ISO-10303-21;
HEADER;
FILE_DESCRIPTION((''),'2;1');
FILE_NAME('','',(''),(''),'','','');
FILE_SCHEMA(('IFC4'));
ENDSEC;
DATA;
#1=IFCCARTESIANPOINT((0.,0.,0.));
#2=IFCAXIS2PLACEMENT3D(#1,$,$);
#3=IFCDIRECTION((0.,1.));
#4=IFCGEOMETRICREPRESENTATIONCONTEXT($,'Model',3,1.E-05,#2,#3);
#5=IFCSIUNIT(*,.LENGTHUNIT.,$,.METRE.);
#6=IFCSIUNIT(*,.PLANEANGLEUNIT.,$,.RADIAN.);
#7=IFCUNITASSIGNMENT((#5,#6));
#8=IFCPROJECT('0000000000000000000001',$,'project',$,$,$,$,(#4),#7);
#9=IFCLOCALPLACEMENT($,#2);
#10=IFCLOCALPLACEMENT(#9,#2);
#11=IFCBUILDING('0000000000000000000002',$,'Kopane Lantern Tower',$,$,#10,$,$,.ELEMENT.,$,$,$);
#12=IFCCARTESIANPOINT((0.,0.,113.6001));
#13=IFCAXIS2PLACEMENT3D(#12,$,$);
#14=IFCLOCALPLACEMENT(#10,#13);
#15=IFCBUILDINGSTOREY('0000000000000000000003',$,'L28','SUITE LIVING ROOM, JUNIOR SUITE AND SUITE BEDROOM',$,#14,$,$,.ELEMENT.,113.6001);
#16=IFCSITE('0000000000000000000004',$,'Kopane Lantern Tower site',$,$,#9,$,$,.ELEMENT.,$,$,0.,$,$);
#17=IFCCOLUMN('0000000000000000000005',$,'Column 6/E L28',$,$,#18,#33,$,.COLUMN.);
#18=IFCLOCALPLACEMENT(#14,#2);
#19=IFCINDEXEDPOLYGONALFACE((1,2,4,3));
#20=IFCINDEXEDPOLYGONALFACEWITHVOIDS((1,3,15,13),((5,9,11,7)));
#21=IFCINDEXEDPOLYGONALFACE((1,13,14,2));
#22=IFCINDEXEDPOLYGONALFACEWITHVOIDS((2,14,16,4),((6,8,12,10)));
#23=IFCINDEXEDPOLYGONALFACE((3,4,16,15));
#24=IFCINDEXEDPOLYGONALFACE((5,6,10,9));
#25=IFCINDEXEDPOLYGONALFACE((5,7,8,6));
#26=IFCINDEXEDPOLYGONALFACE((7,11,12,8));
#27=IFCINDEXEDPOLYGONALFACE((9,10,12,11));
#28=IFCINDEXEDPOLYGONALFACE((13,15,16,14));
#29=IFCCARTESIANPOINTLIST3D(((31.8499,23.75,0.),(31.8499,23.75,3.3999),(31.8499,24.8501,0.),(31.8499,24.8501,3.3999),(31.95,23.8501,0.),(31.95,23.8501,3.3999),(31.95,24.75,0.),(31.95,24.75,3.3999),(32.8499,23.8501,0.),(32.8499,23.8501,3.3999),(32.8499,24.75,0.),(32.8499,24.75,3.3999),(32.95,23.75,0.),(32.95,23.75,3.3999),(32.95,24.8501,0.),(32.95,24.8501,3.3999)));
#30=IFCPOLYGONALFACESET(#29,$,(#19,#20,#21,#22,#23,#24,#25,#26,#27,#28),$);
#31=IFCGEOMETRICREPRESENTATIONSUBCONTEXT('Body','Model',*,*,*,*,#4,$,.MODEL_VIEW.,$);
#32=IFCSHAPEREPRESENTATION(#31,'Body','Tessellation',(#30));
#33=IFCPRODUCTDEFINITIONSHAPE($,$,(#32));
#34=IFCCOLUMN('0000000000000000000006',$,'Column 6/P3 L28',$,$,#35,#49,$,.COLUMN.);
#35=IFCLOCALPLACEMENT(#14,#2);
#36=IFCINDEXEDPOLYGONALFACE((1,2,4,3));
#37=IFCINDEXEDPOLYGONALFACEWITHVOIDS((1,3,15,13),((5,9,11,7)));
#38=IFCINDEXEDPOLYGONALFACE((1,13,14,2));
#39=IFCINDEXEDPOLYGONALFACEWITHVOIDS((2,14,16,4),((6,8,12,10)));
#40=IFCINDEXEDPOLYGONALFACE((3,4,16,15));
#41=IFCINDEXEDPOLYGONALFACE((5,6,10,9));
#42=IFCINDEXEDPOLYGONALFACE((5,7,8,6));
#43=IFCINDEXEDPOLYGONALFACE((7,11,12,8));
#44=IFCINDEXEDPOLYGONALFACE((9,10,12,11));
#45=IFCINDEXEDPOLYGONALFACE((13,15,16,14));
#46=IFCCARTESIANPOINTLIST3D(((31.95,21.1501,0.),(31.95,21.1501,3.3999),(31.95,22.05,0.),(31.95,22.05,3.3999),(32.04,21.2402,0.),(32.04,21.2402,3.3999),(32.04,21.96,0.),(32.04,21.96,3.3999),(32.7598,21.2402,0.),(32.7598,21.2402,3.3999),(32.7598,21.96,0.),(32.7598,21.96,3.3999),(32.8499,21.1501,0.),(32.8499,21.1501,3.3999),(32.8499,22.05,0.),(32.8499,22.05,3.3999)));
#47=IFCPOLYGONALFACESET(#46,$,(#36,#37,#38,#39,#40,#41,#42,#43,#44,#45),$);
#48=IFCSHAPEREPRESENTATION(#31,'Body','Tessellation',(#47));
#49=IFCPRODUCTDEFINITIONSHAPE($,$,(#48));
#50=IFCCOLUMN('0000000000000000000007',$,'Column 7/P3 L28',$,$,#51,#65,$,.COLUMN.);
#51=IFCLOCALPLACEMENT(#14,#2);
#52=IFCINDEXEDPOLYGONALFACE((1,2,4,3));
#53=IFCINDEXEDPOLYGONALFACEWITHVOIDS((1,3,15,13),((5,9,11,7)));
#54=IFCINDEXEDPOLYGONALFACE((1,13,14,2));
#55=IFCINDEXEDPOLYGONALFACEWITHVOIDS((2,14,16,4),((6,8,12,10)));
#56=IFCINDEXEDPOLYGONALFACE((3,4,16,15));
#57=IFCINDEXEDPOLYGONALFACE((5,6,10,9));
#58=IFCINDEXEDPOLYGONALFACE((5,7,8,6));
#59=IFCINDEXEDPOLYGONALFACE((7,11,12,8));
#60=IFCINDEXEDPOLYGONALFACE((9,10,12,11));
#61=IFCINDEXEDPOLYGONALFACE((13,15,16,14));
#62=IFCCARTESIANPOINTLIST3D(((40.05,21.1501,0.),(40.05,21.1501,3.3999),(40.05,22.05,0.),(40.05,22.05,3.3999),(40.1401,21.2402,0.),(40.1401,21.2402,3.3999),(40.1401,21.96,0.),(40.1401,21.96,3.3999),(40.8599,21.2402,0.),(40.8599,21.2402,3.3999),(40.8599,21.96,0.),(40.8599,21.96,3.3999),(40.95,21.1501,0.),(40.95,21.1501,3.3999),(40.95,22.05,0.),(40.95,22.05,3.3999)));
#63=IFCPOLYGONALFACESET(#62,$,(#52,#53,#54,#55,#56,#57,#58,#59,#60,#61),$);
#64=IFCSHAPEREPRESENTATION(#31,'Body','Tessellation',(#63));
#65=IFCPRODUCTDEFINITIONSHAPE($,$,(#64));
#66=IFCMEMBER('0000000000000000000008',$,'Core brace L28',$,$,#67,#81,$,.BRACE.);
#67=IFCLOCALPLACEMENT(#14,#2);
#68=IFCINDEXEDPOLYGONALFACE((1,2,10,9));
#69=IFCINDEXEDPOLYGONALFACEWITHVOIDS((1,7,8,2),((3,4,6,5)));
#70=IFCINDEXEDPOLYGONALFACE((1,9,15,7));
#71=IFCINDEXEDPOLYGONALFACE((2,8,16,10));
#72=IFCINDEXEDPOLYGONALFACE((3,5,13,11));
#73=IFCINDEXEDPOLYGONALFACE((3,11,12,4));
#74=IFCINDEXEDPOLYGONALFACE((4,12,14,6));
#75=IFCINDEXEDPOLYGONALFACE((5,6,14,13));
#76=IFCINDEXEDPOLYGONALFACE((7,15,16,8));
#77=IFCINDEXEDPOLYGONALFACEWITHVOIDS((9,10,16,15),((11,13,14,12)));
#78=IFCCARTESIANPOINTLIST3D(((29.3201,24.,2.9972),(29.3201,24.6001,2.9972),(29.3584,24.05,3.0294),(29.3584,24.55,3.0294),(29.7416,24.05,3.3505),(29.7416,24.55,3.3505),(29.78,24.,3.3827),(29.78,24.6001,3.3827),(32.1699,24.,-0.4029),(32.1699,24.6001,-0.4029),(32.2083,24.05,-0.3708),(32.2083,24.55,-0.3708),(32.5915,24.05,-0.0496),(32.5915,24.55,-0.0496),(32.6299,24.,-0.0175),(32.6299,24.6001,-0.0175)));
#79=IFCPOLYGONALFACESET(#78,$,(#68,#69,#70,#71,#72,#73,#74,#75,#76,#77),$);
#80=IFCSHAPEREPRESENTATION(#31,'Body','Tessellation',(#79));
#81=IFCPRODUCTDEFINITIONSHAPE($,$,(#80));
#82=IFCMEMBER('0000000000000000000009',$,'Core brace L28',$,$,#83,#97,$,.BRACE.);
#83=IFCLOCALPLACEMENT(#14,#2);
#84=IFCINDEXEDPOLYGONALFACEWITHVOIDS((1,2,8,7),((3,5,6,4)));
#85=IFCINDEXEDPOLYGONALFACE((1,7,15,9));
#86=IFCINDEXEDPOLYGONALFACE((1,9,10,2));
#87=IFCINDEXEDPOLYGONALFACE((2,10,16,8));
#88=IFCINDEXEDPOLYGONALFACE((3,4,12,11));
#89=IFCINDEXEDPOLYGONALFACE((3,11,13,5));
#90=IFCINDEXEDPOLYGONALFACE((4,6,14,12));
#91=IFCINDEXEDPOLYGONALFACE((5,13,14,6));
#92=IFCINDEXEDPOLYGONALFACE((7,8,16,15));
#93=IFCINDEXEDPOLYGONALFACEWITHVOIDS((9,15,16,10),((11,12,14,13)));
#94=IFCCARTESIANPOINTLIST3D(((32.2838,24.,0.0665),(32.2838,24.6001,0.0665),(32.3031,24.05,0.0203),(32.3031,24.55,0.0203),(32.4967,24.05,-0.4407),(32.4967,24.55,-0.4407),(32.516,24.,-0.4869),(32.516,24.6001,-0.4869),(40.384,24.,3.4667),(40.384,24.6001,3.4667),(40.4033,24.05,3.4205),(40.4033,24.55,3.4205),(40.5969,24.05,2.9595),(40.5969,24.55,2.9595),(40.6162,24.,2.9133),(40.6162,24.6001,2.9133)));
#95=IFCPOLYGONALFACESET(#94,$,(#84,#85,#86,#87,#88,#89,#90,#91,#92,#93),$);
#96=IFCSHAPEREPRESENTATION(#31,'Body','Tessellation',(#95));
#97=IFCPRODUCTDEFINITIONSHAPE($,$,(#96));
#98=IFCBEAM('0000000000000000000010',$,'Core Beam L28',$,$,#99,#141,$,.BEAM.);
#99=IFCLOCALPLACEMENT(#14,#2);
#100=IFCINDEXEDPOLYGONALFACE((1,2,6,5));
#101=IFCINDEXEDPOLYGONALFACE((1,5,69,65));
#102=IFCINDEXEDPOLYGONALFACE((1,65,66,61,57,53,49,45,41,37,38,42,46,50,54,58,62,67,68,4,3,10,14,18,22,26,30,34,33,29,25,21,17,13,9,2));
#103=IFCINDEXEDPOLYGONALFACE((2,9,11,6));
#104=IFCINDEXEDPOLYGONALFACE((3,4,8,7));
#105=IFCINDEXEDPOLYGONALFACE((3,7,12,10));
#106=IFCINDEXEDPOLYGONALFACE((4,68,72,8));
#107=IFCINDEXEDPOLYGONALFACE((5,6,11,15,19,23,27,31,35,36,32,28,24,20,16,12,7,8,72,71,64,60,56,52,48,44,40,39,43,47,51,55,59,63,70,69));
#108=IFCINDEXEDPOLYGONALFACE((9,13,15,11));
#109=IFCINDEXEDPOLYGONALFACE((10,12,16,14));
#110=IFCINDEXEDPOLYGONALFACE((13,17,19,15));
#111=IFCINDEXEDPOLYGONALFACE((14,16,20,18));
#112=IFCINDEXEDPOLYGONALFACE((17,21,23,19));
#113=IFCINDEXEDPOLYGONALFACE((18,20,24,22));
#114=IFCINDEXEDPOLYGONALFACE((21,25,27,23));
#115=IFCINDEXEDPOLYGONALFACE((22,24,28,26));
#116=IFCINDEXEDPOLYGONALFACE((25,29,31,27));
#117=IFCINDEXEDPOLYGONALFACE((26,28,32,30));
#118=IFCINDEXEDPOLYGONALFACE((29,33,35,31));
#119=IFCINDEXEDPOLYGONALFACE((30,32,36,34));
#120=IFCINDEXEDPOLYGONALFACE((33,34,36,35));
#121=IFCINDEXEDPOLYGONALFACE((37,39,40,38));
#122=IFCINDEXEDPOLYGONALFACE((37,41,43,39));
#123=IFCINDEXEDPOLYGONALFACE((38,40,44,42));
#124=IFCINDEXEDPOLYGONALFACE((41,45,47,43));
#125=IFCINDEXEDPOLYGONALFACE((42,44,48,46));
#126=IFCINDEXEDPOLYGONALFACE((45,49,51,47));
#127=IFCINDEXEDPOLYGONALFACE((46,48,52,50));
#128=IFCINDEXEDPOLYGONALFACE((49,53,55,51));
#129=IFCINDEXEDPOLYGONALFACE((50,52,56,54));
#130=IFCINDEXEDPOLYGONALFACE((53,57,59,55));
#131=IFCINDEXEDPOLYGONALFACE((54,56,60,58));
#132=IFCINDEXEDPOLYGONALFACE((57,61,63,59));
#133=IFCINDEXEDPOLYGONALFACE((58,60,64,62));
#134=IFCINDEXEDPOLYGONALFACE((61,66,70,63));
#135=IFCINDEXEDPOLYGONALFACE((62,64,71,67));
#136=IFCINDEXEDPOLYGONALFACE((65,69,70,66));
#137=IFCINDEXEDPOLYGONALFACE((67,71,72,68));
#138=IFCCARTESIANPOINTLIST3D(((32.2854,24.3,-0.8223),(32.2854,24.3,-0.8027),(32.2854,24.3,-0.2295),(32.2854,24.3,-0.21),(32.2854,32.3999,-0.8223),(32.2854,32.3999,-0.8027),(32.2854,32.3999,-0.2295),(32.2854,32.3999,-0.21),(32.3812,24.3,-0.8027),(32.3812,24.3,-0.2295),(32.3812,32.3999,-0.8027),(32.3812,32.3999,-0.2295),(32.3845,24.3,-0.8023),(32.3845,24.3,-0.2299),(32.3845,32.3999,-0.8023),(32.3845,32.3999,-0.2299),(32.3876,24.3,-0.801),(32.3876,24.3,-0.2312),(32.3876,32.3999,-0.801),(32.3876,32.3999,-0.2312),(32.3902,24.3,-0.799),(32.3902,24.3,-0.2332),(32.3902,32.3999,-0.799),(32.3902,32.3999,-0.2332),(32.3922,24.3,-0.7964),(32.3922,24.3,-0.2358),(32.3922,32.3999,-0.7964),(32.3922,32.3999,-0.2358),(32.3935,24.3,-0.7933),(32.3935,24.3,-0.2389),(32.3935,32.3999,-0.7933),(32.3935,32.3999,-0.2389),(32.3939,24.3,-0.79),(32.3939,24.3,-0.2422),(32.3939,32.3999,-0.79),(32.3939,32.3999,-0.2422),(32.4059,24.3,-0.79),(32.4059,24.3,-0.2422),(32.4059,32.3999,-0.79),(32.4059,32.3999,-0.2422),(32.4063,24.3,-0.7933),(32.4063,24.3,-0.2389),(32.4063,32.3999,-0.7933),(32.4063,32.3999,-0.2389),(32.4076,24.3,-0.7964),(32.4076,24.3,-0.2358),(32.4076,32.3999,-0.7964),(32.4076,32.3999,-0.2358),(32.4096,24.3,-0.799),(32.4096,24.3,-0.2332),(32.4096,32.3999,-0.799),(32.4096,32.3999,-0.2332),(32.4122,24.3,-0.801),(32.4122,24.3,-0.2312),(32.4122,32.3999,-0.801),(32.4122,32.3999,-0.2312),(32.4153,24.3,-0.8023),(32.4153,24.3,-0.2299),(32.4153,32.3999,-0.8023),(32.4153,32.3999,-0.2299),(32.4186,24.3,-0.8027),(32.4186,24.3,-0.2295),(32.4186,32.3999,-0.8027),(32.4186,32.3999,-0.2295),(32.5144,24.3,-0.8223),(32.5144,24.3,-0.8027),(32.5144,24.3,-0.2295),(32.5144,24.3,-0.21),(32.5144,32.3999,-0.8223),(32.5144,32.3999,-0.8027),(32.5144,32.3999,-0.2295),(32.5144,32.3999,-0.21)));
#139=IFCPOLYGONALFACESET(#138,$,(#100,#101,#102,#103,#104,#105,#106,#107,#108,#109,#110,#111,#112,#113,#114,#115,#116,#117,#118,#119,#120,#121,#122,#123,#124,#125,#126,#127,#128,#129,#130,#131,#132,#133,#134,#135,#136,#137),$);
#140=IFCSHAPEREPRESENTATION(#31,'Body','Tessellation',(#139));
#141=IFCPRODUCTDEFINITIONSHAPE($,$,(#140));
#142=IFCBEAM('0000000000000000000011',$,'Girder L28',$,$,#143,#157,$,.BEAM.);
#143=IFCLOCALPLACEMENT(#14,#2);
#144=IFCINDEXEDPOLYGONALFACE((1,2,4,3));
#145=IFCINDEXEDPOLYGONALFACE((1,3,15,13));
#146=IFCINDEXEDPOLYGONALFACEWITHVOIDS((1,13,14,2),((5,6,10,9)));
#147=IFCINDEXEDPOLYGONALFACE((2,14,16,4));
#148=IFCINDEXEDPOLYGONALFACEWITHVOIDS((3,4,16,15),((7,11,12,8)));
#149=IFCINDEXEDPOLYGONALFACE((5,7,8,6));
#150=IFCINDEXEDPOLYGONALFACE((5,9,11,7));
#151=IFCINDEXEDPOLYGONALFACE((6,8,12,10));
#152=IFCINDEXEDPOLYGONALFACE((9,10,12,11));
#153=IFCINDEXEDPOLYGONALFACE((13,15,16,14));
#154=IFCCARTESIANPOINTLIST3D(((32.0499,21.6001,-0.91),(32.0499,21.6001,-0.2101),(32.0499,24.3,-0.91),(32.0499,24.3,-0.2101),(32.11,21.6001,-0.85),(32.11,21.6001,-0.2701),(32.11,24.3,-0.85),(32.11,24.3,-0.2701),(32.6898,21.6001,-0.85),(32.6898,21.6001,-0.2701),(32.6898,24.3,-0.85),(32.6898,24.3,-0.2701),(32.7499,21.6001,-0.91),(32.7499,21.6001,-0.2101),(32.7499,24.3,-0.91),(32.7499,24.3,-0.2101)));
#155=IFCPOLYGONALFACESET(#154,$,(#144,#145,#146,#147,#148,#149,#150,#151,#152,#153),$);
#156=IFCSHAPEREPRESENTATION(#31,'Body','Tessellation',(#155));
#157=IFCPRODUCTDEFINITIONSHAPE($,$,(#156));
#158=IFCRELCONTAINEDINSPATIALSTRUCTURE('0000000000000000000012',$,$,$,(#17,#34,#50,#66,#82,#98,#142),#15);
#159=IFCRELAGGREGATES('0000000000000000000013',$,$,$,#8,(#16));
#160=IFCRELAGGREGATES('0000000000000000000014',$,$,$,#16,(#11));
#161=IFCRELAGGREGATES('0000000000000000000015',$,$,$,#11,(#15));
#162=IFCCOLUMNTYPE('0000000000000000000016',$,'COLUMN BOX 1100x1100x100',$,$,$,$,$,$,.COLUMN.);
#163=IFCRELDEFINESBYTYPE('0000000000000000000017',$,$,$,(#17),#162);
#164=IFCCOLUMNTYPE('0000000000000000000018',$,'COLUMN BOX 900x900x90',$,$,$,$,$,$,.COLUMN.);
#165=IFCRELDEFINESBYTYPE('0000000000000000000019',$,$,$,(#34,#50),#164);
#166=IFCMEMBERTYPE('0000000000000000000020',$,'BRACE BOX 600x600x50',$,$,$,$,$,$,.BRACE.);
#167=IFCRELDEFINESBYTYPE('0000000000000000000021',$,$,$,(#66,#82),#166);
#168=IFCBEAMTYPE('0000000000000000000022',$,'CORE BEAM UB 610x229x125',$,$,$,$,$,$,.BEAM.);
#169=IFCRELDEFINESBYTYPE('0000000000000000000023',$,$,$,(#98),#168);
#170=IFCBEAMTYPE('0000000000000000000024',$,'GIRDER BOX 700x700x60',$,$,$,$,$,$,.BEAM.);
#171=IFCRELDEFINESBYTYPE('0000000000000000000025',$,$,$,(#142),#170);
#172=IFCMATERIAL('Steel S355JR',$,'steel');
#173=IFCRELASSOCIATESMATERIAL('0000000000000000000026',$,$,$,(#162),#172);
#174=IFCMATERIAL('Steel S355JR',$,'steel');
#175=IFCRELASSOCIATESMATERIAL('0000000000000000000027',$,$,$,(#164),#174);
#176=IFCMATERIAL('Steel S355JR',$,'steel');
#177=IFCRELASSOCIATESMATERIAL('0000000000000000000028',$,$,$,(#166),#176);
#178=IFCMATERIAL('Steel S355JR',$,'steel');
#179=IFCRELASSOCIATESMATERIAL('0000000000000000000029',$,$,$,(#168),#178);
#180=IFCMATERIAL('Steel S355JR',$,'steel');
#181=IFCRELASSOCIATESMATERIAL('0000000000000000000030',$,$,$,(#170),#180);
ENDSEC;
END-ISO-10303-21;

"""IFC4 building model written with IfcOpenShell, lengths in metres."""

from ifc_helpers import new_model, si_unit, direction, frame, origin, origin_2d, place, context, subcontext, project, spatial, hollow_rectangle, i_section, extrude, material, material_profile, profile_set, type_object, element, save


model = new_model("IFC4")

# Units and contexts
model_context = context("Model", 3, precision=1e-05, world=origin(), true_north=direction((0.0, 1.0)))
body_context = subcontext(model_context, "Body", "Model", "MODEL_VIEW")
ifc_project = project(units=[si_unit("LENGTHUNIT", "METRE"), si_unit("PLANEANGLEUNIT", "RADIAN")], contexts=[model_context])

# Site, building, storey
site_placement = place(None, origin())
site = spatial("IfcSite", under=ifc_project, at=site_placement, Name="Kopane Lantern Tower site", CompositionType="ELEMENT", RefElevation=0.0)
building_placement = place(site_placement, origin())
building = spatial("IfcBuilding", under=site, at=building_placement, Name="Kopane Lantern Tower", CompositionType="ELEMENT")
storey_placement = place(building_placement, frame((0.0, 0.0, 113.6001)))
storey = spatial("IfcBuildingStorey", under=building, at=storey_placement, Name="L28", Description="SUITE LIVING ROOM, JUNIOR SUITE AND SUITE BEDROOM", CompositionType="ELEMENT", Elevation=113.6001)

# Columns
ifc_material_1 = material(Name="Steel S355JR", Category="steel")
ifc_material_profile_1 = material_profile(ifc_material_1, hollow_rectangle(XDim=1.1001, YDim=1.1001, WallThickness=0.1001, at=origin_2d()), Name="BOX 1100x1100x100")
ifc_profile_set_1 = profile_set([ifc_material_profile_1], Name="Steel S355JR")
column_type_1 = type_object("IfcColumnType", Name="COLUMN BOX 1100x1100x100", PredefinedType="COLUMN", material=ifc_profile_set_1)
column_placement = place(storey_placement, frame((32.3999, 24.3, 0.0), z_axis=(0.0, 0.0, 1.0), x_axis=(1.0, 0.0, 0.0)))
element("IfcColumn", 1, at=column_placement, inside=storey, type_object=column_type_1, Name="Column 6/E L28", PredefinedType="COLUMN", context=body_context, shape_type="SweptSolid", body=[
    extrude(hollow_rectangle(XDim=1.1001, YDim=1.1001, WallThickness=0.1001, at=origin_2d()), origin(), (0.0, 0.0, 1.0), 3.3999),
])
ifc_material_2 = material(Name="Steel S355JR", Category="steel")
ifc_material_profile_2 = material_profile(ifc_material_2, hollow_rectangle(XDim=0.8999, YDim=0.8999, WallThickness=0.0901, at=origin_2d()), Name="BOX 900x900x90")
ifc_profile_set_2 = profile_set([ifc_material_profile_2], Name="Steel S355JR")
column_type_2 = type_object("IfcColumnType", Name="COLUMN BOX 900x900x90", PredefinedType="COLUMN", material=ifc_profile_set_2)
for number, where, z_axis, x_axis, name in (
    (2, (32.3999, 21.6001, 0.0), (0.0, 0.0, 1.0), (1.0, 0.0, 0.0), "Column 6/P3 L28"),
    (3, (40.5, 21.6001, 0.0), (0.0, 0.0, 1.0), (1.0, 0.0, 0.0), "Column 7/P3 L28"),
):
    element("IfcColumn", number, at=place(storey_placement, frame(where, z_axis=z_axis, x_axis=x_axis)), inside=storey, type_object=column_type_2, Name=name, PredefinedType="COLUMN", context=body_context, shape_type="SweptSolid", body=[
        extrude(hollow_rectangle(XDim=0.8999, YDim=0.8999, WallThickness=0.0901, at=origin_2d()), origin(), (0.0, 0.0, 1.0), 3.3999),
    ])

# Members
ifc_material_3 = material(Name="Steel S355JR", Category="steel")
ifc_material_profile_3 = material_profile(ifc_material_3, hollow_rectangle(XDim=0.6001, YDim=0.6001, WallThickness=0.05, at=origin_2d()), Name="BOX 600x600x50")
ifc_profile_set_3 = profile_set([ifc_material_profile_3], Name="Steel S355JR")
member_type = type_object("IfcMemberType", Name="BRACE BOX 600x600x50", PredefinedType="BRACE", material=ifc_profile_set_3)
member_1_placement = place(storey_placement, frame((32.3999, 24.3, -0.2102), z_axis=(-0.642363, 0.0, 0.7664), x_axis=(0.0, -1.0, 0.0)))
element("IfcMember", 4, at=member_1_placement, inside=storey, type_object=member_type, Name="Core brace L28", PredefinedType="BRACE", context=body_context, shape_type="SweptSolid", body=[
    extrude(hollow_rectangle(XDim=0.6001, YDim=0.6001, WallThickness=0.05, at=origin_2d()), origin(), (0.0, 0.0, 1.0), 4.4365),
])
member_2_placement = place(storey_placement, frame((32.3999, 24.3, -0.2102), z_axis=(0.922059, 0.0, 0.387049), x_axis=(0.0, 1.0, 0.0)))
element("IfcMember", 5, at=member_2_placement, inside=storey, type_object=member_type, Name="Core brace L28", PredefinedType="BRACE", context=body_context, shape_type="SweptSolid", body=[
    extrude(hollow_rectangle(XDim=0.6001, YDim=0.6001, WallThickness=0.05, at=origin_2d()), origin(), (0.0, 0.0, 1.0), 8.7849),
])

# Beams
ifc_material_4 = material(Name="Steel S355JR", Category="steel")
ifc_material_profile_4 = material_profile(ifc_material_4, i_section(OverallWidth=0.229, OverallDepth=0.6123, WebThickness=0.012, FlangeThickness=0.0195, FilletRadius=0.0127, at=origin_2d()), Name="UB 610x229x125")
ifc_profile_set_4 = profile_set([ifc_material_profile_4], Name="Steel S355JR")
beam_type_1 = type_object("IfcBeamType", Name="CORE BEAM UB 610x229x125", PredefinedType="BEAM", material=ifc_profile_set_4)
beam_1_placement = place(storey_placement, frame((32.3999, 24.3, -0.5161), z_axis=(0.0, 1.0, 0.0), x_axis=(-1.0, 0.0, 0.0)))
element("IfcBeam", 6, at=beam_1_placement, inside=storey, type_object=beam_type_1, Name="Core Beam L28", PredefinedType="BEAM", context=body_context, shape_type="SweptSolid", body=[
    extrude(i_section(OverallWidth=0.229, OverallDepth=0.6123, WebThickness=0.012, FlangeThickness=0.0195, FilletRadius=0.0127, at=origin_2d()), origin(), (0.0, 0.0, 1.0), 8.0999),
])
ifc_material_5 = material(Name="Steel S355JR", Category="steel")
ifc_material_profile_5 = material_profile(ifc_material_5, hollow_rectangle(XDim=0.7, YDim=0.7, WallThickness=0.0601, at=origin_2d()), Name="BOX 700x700x60")
ifc_profile_set_5 = profile_set([ifc_material_profile_5], Name="Steel S355JR")
beam_type_2 = type_object("IfcBeamType", Name="GIRDER BOX 700x700x60", PredefinedType="BEAM", material=ifc_profile_set_5)
beam_2_placement = place(storey_placement, frame((32.3999, 21.6001, -0.5601), z_axis=(0.0, 1.0, 0.0), x_axis=(-1.0, 0.0, 0.0)))
element("IfcBeam", 7, at=beam_2_placement, inside=storey, type_object=beam_type_2, Name="Girder L28", PredefinedType="BEAM", context=body_context, shape_type="SweptSolid", body=[
    extrude(hollow_rectangle(XDim=0.7, YDim=0.7, WallThickness=0.0601, at=origin_2d()), origin(), (0.0, 0.0, 1.0), 2.7),
])

save(model, "model.ifc")
